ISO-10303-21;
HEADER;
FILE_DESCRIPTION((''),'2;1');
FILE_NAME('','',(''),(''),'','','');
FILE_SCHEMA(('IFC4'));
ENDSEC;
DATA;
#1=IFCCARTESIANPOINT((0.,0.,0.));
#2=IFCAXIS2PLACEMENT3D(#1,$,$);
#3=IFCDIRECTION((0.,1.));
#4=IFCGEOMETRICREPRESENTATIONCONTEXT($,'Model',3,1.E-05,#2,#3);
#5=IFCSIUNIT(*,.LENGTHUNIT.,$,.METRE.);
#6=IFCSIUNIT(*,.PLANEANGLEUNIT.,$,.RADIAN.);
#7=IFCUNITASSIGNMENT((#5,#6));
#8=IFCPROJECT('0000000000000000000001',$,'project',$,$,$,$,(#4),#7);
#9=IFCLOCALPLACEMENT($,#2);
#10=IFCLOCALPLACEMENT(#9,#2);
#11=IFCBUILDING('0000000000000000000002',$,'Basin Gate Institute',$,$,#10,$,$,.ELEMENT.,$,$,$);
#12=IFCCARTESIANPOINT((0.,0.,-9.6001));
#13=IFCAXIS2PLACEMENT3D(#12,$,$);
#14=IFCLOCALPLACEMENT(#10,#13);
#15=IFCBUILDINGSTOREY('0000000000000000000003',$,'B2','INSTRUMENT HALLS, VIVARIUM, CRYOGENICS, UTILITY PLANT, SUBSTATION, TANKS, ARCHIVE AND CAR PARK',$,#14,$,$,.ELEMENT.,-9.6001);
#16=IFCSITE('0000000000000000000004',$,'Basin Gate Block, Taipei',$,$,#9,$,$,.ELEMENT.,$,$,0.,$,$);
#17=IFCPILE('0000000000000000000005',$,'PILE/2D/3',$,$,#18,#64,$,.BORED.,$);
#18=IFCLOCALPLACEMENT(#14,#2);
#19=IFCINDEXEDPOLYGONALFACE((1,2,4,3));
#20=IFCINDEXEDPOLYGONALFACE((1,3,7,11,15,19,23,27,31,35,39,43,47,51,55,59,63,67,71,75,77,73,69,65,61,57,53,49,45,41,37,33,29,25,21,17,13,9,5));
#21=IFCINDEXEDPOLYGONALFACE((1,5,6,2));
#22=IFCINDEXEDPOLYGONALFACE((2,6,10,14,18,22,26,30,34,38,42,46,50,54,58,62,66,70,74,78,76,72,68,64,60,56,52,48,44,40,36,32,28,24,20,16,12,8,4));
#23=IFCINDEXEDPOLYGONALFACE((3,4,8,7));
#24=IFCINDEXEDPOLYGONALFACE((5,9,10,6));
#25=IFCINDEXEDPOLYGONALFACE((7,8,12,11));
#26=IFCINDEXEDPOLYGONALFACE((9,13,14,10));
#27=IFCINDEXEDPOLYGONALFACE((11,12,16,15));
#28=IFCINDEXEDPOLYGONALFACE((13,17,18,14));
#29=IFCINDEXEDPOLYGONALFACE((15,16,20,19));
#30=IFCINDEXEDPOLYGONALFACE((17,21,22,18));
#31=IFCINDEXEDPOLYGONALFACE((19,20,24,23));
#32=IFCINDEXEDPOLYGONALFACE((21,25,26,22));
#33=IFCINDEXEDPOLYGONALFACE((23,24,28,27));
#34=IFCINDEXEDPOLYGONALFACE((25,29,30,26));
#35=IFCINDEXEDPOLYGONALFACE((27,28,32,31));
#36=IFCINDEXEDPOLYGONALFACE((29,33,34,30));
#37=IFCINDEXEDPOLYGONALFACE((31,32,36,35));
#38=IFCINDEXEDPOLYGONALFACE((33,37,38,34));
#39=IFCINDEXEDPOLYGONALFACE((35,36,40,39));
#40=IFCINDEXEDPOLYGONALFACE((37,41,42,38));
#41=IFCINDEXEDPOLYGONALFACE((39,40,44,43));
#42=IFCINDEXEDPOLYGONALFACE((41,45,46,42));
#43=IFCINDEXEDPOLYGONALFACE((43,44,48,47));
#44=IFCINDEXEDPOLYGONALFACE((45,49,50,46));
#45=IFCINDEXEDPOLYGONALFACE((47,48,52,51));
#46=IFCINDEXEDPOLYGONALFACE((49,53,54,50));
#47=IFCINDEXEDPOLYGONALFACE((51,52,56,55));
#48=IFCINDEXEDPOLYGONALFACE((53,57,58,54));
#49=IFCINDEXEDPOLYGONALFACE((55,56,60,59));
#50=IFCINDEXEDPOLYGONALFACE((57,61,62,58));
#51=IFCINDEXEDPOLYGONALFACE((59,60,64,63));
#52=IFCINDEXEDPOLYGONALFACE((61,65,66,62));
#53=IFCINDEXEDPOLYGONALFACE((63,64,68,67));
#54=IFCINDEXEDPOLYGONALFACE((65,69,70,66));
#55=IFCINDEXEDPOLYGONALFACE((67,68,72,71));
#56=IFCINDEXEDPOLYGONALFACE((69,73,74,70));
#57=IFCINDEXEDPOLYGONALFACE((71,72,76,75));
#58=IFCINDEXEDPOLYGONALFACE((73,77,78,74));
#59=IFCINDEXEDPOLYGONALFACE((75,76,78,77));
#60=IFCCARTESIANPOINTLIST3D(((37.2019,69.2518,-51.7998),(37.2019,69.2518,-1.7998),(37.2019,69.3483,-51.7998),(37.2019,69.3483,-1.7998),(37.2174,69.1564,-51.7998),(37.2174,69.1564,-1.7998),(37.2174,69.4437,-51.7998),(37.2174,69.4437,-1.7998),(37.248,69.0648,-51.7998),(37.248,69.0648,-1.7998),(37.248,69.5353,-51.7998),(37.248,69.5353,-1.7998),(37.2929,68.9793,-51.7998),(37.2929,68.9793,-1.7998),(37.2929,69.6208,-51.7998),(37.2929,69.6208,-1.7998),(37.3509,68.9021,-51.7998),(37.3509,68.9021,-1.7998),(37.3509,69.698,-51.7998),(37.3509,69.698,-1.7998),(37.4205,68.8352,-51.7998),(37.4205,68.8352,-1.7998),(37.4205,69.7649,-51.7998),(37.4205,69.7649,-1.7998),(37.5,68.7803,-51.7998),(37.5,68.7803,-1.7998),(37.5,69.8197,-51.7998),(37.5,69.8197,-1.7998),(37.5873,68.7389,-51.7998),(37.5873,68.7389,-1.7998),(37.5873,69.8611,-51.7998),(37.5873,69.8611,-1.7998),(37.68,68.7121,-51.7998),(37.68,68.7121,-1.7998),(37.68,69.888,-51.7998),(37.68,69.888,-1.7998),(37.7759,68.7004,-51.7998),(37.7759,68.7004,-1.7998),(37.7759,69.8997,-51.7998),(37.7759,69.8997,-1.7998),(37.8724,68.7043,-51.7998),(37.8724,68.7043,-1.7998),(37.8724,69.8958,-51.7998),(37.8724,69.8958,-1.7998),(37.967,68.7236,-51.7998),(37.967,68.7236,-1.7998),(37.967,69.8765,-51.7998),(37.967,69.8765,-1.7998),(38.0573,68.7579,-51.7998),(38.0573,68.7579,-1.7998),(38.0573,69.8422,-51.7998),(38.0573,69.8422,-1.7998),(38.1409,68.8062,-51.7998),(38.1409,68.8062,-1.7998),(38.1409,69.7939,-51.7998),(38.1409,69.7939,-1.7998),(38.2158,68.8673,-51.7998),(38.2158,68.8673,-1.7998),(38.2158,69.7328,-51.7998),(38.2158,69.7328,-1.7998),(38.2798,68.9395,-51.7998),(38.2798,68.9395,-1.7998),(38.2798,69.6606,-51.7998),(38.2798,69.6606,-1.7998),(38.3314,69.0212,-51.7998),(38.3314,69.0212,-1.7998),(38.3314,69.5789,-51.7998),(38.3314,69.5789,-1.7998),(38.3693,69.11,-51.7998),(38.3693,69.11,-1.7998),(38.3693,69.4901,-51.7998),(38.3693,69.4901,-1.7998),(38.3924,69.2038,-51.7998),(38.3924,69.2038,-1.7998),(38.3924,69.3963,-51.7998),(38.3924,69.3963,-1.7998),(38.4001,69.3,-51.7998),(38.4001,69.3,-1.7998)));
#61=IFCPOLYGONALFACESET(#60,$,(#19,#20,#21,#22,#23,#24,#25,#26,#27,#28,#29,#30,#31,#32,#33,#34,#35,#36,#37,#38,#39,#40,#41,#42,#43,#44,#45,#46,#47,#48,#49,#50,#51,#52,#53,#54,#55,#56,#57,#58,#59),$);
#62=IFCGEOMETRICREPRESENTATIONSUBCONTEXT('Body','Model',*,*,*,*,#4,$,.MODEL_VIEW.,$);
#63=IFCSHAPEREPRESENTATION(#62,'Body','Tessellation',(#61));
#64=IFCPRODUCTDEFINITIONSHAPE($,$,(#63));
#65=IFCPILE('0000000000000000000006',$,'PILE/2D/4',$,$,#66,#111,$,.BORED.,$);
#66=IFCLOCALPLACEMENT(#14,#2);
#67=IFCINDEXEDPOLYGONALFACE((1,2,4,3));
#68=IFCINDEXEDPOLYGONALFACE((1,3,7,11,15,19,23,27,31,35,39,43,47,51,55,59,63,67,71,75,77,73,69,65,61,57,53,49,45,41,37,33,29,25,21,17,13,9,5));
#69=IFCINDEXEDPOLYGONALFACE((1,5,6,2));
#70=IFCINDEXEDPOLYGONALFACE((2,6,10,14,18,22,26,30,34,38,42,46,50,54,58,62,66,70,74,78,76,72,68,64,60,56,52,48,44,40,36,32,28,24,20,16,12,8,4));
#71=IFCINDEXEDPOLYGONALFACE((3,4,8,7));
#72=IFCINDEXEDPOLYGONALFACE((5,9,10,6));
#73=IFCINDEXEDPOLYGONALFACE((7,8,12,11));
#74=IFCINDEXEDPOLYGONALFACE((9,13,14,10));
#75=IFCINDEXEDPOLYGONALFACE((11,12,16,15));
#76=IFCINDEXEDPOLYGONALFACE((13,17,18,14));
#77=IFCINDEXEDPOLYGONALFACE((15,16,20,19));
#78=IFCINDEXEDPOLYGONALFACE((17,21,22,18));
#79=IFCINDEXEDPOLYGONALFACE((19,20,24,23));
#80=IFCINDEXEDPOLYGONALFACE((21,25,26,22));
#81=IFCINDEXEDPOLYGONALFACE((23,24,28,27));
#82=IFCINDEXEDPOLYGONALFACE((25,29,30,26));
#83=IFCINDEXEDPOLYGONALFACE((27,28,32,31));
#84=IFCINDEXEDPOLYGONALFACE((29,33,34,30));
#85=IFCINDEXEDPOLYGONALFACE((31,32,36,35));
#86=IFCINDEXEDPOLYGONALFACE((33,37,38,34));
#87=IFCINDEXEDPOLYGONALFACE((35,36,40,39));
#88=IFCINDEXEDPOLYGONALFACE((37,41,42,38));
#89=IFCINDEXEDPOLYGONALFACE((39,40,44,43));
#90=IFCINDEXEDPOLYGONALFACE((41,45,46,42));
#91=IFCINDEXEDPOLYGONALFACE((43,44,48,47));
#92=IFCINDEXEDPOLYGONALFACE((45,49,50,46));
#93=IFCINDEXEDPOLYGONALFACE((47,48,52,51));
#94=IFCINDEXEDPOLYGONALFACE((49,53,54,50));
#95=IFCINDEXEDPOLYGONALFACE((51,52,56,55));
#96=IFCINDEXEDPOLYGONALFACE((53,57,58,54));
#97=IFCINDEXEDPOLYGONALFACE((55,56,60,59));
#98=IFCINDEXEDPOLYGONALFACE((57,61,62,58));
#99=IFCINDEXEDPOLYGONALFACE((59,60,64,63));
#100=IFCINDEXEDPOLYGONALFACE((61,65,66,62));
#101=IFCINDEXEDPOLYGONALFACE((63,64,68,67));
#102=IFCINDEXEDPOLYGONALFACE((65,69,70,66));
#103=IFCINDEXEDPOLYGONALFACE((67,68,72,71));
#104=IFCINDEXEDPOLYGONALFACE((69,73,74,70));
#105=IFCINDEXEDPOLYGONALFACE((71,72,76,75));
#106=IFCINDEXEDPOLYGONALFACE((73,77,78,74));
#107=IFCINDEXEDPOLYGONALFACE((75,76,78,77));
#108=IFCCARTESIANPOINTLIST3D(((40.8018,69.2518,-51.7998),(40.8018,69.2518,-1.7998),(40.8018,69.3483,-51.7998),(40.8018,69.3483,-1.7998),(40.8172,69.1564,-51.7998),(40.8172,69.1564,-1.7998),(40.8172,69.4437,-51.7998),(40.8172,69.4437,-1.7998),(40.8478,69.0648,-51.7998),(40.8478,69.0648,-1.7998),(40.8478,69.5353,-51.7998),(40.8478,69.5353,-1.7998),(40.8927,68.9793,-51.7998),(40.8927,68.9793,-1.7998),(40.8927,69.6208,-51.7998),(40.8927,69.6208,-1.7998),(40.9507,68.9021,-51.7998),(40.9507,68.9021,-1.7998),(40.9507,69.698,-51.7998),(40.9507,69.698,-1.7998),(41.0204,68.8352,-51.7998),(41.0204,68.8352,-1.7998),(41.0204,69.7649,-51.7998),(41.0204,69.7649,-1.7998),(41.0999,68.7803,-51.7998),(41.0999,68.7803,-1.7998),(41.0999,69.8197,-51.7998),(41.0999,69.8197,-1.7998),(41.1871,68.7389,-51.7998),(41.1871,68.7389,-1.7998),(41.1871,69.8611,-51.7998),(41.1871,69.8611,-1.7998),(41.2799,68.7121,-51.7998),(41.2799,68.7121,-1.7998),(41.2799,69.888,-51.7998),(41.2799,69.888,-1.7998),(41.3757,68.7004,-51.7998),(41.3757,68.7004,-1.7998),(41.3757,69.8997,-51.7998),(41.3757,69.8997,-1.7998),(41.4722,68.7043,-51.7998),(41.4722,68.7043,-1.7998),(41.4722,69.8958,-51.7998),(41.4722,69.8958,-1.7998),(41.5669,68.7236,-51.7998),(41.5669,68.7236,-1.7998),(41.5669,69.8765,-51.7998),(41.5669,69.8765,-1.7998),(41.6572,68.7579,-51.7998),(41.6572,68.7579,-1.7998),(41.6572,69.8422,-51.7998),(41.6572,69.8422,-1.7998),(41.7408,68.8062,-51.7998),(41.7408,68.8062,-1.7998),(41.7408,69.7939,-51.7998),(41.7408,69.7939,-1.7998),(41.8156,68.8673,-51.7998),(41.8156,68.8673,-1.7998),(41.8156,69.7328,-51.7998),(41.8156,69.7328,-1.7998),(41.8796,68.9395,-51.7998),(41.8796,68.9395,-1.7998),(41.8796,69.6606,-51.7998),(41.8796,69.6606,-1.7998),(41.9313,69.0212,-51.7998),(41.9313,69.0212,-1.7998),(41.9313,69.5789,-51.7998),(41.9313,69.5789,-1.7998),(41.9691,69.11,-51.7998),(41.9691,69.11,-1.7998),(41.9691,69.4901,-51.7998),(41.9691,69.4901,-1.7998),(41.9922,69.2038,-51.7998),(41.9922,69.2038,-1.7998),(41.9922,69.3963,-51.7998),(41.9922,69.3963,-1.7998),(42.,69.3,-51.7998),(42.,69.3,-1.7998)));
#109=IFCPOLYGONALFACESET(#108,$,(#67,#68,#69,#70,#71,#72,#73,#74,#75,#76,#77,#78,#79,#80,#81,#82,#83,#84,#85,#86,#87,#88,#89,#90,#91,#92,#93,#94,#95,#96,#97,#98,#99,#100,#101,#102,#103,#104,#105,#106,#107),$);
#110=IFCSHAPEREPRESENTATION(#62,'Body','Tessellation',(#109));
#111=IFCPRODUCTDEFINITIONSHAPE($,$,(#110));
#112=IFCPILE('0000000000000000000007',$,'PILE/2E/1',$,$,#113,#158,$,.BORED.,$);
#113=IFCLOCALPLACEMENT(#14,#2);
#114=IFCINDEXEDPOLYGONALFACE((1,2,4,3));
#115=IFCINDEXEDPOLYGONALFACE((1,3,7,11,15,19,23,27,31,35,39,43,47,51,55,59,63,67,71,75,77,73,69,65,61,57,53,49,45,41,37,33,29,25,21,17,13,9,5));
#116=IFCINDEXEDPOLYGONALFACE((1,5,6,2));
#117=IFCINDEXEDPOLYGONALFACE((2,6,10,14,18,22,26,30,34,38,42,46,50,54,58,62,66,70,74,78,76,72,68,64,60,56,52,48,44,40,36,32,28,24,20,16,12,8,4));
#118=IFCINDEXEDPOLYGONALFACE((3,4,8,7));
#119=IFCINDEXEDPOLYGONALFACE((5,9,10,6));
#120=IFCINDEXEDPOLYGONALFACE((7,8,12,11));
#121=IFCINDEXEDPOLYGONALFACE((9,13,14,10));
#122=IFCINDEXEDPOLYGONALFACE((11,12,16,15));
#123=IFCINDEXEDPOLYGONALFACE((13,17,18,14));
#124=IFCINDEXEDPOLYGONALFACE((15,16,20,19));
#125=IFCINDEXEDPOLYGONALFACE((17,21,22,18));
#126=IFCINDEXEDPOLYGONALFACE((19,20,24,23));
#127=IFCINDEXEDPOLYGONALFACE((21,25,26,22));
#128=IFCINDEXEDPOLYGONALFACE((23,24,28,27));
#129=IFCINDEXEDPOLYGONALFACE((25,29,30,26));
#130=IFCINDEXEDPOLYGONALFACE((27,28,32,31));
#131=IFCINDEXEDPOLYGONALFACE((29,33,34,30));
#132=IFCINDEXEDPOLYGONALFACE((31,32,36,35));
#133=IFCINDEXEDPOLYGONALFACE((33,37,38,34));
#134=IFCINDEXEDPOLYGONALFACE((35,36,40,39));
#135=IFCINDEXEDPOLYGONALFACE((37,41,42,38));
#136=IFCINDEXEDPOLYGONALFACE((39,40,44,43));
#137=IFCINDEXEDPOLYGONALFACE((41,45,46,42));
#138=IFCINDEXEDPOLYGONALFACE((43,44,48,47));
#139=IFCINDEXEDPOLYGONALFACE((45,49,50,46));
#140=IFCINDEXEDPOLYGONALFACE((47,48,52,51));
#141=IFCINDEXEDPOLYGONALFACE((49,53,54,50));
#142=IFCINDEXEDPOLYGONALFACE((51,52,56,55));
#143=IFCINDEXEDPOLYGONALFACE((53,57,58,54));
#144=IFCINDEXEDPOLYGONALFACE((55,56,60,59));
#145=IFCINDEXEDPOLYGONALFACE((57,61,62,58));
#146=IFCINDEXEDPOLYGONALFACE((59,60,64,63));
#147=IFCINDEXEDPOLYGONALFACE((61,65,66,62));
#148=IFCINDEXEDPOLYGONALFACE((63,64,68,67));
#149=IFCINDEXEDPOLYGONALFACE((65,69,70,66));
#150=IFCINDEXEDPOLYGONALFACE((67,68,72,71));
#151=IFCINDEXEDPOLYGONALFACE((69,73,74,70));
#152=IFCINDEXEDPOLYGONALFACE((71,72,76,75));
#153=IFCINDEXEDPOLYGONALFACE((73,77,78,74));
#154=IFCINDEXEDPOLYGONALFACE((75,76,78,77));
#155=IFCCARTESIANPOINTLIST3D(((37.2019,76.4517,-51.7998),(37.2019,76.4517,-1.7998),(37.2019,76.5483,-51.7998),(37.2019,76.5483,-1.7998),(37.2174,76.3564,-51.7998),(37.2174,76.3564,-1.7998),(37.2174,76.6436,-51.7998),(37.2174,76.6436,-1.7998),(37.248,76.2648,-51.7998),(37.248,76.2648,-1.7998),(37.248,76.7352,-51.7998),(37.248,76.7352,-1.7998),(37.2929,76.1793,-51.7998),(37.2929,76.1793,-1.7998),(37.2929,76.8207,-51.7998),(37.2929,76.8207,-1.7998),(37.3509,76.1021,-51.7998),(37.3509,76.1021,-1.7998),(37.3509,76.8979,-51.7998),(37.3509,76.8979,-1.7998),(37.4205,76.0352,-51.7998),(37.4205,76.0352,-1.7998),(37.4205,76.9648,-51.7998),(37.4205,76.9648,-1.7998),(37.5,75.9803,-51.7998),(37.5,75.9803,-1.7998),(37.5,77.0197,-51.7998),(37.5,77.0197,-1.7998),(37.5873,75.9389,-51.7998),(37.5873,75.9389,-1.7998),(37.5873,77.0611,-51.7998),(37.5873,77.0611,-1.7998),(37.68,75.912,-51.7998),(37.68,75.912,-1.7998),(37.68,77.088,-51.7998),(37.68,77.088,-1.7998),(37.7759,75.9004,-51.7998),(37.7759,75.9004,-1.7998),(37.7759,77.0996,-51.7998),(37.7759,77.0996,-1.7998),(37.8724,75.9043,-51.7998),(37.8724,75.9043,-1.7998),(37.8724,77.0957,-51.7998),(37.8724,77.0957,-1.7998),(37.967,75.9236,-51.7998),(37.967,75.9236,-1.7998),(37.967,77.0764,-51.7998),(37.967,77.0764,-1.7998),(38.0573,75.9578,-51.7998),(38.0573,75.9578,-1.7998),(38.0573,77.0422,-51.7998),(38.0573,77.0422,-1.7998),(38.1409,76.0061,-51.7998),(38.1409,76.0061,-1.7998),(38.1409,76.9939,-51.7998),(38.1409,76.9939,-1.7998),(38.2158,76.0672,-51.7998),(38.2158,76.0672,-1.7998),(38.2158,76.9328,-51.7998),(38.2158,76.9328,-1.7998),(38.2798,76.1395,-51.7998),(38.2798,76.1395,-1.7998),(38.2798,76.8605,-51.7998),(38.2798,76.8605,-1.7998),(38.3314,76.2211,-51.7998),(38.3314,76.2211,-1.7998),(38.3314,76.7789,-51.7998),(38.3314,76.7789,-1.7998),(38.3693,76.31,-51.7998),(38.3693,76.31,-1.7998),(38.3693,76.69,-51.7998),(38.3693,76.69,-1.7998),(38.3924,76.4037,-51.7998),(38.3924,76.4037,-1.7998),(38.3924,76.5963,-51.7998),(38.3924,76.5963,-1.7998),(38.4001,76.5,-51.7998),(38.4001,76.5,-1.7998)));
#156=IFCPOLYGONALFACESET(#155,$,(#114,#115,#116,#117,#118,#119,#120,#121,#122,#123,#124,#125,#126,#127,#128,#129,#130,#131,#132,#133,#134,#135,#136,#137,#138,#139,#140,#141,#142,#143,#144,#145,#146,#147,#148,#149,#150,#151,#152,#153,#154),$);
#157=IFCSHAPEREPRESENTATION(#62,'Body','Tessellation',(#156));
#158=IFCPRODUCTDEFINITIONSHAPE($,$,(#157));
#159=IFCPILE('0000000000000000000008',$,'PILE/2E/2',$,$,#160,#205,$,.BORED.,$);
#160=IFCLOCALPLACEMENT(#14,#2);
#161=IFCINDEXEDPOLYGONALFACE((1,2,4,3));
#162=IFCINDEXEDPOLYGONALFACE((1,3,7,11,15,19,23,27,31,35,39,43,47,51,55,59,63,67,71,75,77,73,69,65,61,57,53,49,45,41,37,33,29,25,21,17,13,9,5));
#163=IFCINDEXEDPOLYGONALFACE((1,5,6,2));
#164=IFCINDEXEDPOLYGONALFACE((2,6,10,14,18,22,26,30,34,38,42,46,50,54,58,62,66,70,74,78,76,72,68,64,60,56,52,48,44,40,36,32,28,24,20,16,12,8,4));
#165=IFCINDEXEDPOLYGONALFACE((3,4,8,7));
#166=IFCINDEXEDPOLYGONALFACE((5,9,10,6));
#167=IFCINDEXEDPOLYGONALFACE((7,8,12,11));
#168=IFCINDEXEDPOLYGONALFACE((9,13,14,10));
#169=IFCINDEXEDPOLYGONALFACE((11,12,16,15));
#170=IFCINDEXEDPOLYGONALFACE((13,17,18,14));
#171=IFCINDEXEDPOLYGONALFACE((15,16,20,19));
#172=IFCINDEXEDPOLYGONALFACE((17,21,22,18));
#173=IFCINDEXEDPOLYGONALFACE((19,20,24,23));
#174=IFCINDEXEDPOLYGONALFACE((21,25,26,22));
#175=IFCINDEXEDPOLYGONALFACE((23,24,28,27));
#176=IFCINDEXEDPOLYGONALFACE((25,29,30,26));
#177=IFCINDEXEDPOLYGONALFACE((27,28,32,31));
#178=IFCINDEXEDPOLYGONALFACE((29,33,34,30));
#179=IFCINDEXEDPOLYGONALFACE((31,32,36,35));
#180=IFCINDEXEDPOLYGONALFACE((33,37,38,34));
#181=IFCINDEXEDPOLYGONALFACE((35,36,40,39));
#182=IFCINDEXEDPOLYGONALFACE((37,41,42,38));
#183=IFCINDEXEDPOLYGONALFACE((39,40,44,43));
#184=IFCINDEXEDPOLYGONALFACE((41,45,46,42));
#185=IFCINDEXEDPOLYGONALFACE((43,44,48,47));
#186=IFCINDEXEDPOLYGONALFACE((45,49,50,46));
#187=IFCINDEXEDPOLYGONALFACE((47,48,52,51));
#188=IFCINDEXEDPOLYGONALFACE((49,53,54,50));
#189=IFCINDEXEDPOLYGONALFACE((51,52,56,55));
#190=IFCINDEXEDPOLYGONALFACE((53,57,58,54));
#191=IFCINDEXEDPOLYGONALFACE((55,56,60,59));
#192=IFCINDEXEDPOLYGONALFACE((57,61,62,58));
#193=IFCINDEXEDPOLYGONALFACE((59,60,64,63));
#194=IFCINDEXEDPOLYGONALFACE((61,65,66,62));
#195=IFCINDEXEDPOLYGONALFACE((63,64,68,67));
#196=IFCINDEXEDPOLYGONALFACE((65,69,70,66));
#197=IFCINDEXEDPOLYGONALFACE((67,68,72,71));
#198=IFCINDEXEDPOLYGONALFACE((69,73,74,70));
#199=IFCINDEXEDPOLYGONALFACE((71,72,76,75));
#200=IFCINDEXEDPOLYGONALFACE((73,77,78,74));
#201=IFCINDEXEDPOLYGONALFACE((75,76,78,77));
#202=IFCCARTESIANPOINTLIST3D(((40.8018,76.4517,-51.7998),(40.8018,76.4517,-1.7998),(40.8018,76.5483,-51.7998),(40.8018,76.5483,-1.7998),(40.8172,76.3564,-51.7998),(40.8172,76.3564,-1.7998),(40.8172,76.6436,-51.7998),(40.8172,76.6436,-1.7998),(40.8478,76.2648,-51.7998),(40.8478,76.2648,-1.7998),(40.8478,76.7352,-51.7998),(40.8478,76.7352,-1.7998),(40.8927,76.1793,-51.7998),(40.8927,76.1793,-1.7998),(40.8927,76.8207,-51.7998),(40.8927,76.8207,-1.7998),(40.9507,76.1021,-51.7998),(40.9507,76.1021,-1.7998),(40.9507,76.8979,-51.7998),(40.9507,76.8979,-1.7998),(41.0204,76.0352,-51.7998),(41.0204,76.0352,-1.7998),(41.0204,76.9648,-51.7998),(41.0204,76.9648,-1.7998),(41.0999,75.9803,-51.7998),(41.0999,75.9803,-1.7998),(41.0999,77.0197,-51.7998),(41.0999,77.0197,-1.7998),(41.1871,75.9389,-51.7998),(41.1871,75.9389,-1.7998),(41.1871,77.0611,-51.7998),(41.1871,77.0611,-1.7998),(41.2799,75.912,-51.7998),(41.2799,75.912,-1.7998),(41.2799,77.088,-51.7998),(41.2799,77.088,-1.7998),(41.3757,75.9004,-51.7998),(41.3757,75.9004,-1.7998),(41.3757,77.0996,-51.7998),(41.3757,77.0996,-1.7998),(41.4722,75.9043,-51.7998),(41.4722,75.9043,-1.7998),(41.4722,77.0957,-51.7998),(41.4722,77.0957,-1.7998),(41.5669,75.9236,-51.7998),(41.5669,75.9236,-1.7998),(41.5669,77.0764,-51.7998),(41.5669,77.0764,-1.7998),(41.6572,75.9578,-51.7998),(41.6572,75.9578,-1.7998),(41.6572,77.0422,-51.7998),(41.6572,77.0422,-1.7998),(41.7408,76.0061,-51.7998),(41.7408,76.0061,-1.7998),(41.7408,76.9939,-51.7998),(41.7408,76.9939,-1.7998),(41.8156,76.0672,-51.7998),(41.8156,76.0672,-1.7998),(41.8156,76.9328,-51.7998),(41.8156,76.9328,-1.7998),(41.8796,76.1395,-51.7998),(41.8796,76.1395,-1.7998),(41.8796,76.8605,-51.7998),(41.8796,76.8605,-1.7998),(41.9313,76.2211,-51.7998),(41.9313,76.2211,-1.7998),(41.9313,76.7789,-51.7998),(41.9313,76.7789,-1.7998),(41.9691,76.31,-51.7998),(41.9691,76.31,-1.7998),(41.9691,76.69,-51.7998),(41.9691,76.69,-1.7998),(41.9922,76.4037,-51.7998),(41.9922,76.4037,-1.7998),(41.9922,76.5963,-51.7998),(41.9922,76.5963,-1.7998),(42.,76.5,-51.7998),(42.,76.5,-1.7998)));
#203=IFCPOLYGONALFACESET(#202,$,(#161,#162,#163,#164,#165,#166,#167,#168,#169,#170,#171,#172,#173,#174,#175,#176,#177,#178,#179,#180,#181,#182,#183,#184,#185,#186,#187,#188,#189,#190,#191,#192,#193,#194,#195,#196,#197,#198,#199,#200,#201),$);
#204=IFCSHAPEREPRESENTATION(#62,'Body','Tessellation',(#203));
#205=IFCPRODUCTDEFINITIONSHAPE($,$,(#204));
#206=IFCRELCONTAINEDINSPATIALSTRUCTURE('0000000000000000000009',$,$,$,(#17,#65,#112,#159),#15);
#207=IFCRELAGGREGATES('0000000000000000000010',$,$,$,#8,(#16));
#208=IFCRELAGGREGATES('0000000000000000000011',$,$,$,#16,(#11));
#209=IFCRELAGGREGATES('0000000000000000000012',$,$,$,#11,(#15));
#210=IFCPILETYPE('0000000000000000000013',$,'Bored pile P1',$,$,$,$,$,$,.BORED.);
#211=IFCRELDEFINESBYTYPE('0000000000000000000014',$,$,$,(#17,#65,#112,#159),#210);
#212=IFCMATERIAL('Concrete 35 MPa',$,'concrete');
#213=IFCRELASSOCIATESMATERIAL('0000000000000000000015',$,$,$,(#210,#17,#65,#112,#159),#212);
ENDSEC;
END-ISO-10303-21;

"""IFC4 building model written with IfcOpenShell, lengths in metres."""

from ifc_helpers import new_model, si_unit, direction, frame, origin, origin_2d, place, context, subcontext, project, spatial, circle, extrude, material, material_profile, profile_set, type_object, element, save


model = new_model("IFC4")

# Units and contexts
model_context = context("Model", 3, precision=1e-05, world=origin(), true_north=direction((0.0, 1.0)))
body_context = subcontext(model_context, "Body", "Model", "MODEL_VIEW")
ifc_project = project(units=[si_unit("LENGTHUNIT", "METRE"), si_unit("PLANEANGLEUNIT", "RADIAN")], contexts=[model_context])

# Site, building, storey
site_placement = place(None, origin())
site = spatial("IfcSite", under=ifc_project, at=site_placement, Name="Basin Gate Block, Taipei", CompositionType="ELEMENT", RefElevation=0.0)
building_placement = place(site_placement, origin())
building = spatial("IfcBuilding", under=site, at=building_placement, Name="Basin Gate Institute", CompositionType="ELEMENT")
storey_placement = place(building_placement, frame((0.0, 0.0, -9.6001)))
storey = spatial("IfcBuildingStorey", under=building, at=storey_placement, Name="B2", Description="INSTRUMENT HALLS, VIVARIUM, CRYOGENICS, UTILITY PLANT, SUBSTATION, TANKS, ARCHIVE AND CAR PARK", CompositionType="ELEMENT", Elevation=-9.6001)

# Piles
ifc_material_1 = material(Name="Concrete 35 MPa", Category="concrete")
ifc_material_profile_1 = material_profile(ifc_material_1, circle(Radius=0.6001, at=origin_2d()), Name="Bored pile P1 1200 dia")
ifc_profile_set_1 = profile_set([ifc_material_profile_1], Name="Concrete 35 MPa")
pile_type = type_object("IfcPileType", Name="Bored pile P1", PredefinedType="BORED", material=ifc_profile_set_1)
for number, where, z_axis, x_axis, name in (
    (1, (37.8, 69.3, -1.7998), (0.0, 0.0, -1.0), (1.0, 0.0, 0.0), "PILE/2D/3"),
    (2, (41.3999, 69.3, -1.7998), (0.0, 0.0, -1.0), (1.0, 0.0, 0.0), "PILE/2D/4"),
    (3, (37.8, 76.5, -1.7998), (0.0, 0.0, -1.0), (1.0, 0.0, 0.0), "PILE/2E/1"),
    (4, (41.3999, 76.5, -1.7998), (0.0, 0.0, -1.0), (1.0, 0.0, 0.0), "PILE/2E/2"),
):
    element("IfcPile", number, at=place(storey_placement, frame(where, z_axis=z_axis, x_axis=x_axis)), inside=storey, type_object=pile_type, material=ifc_profile_set_1, Name=name, PredefinedType="BORED", context=body_context, shape_type="SweptSolid", body=[
        extrude(circle(Radius=0.6001, at=origin_2d()), origin(), (0.0, 0.0, 1.0), 50.0),
    ])

save(model, "model.ifc")
